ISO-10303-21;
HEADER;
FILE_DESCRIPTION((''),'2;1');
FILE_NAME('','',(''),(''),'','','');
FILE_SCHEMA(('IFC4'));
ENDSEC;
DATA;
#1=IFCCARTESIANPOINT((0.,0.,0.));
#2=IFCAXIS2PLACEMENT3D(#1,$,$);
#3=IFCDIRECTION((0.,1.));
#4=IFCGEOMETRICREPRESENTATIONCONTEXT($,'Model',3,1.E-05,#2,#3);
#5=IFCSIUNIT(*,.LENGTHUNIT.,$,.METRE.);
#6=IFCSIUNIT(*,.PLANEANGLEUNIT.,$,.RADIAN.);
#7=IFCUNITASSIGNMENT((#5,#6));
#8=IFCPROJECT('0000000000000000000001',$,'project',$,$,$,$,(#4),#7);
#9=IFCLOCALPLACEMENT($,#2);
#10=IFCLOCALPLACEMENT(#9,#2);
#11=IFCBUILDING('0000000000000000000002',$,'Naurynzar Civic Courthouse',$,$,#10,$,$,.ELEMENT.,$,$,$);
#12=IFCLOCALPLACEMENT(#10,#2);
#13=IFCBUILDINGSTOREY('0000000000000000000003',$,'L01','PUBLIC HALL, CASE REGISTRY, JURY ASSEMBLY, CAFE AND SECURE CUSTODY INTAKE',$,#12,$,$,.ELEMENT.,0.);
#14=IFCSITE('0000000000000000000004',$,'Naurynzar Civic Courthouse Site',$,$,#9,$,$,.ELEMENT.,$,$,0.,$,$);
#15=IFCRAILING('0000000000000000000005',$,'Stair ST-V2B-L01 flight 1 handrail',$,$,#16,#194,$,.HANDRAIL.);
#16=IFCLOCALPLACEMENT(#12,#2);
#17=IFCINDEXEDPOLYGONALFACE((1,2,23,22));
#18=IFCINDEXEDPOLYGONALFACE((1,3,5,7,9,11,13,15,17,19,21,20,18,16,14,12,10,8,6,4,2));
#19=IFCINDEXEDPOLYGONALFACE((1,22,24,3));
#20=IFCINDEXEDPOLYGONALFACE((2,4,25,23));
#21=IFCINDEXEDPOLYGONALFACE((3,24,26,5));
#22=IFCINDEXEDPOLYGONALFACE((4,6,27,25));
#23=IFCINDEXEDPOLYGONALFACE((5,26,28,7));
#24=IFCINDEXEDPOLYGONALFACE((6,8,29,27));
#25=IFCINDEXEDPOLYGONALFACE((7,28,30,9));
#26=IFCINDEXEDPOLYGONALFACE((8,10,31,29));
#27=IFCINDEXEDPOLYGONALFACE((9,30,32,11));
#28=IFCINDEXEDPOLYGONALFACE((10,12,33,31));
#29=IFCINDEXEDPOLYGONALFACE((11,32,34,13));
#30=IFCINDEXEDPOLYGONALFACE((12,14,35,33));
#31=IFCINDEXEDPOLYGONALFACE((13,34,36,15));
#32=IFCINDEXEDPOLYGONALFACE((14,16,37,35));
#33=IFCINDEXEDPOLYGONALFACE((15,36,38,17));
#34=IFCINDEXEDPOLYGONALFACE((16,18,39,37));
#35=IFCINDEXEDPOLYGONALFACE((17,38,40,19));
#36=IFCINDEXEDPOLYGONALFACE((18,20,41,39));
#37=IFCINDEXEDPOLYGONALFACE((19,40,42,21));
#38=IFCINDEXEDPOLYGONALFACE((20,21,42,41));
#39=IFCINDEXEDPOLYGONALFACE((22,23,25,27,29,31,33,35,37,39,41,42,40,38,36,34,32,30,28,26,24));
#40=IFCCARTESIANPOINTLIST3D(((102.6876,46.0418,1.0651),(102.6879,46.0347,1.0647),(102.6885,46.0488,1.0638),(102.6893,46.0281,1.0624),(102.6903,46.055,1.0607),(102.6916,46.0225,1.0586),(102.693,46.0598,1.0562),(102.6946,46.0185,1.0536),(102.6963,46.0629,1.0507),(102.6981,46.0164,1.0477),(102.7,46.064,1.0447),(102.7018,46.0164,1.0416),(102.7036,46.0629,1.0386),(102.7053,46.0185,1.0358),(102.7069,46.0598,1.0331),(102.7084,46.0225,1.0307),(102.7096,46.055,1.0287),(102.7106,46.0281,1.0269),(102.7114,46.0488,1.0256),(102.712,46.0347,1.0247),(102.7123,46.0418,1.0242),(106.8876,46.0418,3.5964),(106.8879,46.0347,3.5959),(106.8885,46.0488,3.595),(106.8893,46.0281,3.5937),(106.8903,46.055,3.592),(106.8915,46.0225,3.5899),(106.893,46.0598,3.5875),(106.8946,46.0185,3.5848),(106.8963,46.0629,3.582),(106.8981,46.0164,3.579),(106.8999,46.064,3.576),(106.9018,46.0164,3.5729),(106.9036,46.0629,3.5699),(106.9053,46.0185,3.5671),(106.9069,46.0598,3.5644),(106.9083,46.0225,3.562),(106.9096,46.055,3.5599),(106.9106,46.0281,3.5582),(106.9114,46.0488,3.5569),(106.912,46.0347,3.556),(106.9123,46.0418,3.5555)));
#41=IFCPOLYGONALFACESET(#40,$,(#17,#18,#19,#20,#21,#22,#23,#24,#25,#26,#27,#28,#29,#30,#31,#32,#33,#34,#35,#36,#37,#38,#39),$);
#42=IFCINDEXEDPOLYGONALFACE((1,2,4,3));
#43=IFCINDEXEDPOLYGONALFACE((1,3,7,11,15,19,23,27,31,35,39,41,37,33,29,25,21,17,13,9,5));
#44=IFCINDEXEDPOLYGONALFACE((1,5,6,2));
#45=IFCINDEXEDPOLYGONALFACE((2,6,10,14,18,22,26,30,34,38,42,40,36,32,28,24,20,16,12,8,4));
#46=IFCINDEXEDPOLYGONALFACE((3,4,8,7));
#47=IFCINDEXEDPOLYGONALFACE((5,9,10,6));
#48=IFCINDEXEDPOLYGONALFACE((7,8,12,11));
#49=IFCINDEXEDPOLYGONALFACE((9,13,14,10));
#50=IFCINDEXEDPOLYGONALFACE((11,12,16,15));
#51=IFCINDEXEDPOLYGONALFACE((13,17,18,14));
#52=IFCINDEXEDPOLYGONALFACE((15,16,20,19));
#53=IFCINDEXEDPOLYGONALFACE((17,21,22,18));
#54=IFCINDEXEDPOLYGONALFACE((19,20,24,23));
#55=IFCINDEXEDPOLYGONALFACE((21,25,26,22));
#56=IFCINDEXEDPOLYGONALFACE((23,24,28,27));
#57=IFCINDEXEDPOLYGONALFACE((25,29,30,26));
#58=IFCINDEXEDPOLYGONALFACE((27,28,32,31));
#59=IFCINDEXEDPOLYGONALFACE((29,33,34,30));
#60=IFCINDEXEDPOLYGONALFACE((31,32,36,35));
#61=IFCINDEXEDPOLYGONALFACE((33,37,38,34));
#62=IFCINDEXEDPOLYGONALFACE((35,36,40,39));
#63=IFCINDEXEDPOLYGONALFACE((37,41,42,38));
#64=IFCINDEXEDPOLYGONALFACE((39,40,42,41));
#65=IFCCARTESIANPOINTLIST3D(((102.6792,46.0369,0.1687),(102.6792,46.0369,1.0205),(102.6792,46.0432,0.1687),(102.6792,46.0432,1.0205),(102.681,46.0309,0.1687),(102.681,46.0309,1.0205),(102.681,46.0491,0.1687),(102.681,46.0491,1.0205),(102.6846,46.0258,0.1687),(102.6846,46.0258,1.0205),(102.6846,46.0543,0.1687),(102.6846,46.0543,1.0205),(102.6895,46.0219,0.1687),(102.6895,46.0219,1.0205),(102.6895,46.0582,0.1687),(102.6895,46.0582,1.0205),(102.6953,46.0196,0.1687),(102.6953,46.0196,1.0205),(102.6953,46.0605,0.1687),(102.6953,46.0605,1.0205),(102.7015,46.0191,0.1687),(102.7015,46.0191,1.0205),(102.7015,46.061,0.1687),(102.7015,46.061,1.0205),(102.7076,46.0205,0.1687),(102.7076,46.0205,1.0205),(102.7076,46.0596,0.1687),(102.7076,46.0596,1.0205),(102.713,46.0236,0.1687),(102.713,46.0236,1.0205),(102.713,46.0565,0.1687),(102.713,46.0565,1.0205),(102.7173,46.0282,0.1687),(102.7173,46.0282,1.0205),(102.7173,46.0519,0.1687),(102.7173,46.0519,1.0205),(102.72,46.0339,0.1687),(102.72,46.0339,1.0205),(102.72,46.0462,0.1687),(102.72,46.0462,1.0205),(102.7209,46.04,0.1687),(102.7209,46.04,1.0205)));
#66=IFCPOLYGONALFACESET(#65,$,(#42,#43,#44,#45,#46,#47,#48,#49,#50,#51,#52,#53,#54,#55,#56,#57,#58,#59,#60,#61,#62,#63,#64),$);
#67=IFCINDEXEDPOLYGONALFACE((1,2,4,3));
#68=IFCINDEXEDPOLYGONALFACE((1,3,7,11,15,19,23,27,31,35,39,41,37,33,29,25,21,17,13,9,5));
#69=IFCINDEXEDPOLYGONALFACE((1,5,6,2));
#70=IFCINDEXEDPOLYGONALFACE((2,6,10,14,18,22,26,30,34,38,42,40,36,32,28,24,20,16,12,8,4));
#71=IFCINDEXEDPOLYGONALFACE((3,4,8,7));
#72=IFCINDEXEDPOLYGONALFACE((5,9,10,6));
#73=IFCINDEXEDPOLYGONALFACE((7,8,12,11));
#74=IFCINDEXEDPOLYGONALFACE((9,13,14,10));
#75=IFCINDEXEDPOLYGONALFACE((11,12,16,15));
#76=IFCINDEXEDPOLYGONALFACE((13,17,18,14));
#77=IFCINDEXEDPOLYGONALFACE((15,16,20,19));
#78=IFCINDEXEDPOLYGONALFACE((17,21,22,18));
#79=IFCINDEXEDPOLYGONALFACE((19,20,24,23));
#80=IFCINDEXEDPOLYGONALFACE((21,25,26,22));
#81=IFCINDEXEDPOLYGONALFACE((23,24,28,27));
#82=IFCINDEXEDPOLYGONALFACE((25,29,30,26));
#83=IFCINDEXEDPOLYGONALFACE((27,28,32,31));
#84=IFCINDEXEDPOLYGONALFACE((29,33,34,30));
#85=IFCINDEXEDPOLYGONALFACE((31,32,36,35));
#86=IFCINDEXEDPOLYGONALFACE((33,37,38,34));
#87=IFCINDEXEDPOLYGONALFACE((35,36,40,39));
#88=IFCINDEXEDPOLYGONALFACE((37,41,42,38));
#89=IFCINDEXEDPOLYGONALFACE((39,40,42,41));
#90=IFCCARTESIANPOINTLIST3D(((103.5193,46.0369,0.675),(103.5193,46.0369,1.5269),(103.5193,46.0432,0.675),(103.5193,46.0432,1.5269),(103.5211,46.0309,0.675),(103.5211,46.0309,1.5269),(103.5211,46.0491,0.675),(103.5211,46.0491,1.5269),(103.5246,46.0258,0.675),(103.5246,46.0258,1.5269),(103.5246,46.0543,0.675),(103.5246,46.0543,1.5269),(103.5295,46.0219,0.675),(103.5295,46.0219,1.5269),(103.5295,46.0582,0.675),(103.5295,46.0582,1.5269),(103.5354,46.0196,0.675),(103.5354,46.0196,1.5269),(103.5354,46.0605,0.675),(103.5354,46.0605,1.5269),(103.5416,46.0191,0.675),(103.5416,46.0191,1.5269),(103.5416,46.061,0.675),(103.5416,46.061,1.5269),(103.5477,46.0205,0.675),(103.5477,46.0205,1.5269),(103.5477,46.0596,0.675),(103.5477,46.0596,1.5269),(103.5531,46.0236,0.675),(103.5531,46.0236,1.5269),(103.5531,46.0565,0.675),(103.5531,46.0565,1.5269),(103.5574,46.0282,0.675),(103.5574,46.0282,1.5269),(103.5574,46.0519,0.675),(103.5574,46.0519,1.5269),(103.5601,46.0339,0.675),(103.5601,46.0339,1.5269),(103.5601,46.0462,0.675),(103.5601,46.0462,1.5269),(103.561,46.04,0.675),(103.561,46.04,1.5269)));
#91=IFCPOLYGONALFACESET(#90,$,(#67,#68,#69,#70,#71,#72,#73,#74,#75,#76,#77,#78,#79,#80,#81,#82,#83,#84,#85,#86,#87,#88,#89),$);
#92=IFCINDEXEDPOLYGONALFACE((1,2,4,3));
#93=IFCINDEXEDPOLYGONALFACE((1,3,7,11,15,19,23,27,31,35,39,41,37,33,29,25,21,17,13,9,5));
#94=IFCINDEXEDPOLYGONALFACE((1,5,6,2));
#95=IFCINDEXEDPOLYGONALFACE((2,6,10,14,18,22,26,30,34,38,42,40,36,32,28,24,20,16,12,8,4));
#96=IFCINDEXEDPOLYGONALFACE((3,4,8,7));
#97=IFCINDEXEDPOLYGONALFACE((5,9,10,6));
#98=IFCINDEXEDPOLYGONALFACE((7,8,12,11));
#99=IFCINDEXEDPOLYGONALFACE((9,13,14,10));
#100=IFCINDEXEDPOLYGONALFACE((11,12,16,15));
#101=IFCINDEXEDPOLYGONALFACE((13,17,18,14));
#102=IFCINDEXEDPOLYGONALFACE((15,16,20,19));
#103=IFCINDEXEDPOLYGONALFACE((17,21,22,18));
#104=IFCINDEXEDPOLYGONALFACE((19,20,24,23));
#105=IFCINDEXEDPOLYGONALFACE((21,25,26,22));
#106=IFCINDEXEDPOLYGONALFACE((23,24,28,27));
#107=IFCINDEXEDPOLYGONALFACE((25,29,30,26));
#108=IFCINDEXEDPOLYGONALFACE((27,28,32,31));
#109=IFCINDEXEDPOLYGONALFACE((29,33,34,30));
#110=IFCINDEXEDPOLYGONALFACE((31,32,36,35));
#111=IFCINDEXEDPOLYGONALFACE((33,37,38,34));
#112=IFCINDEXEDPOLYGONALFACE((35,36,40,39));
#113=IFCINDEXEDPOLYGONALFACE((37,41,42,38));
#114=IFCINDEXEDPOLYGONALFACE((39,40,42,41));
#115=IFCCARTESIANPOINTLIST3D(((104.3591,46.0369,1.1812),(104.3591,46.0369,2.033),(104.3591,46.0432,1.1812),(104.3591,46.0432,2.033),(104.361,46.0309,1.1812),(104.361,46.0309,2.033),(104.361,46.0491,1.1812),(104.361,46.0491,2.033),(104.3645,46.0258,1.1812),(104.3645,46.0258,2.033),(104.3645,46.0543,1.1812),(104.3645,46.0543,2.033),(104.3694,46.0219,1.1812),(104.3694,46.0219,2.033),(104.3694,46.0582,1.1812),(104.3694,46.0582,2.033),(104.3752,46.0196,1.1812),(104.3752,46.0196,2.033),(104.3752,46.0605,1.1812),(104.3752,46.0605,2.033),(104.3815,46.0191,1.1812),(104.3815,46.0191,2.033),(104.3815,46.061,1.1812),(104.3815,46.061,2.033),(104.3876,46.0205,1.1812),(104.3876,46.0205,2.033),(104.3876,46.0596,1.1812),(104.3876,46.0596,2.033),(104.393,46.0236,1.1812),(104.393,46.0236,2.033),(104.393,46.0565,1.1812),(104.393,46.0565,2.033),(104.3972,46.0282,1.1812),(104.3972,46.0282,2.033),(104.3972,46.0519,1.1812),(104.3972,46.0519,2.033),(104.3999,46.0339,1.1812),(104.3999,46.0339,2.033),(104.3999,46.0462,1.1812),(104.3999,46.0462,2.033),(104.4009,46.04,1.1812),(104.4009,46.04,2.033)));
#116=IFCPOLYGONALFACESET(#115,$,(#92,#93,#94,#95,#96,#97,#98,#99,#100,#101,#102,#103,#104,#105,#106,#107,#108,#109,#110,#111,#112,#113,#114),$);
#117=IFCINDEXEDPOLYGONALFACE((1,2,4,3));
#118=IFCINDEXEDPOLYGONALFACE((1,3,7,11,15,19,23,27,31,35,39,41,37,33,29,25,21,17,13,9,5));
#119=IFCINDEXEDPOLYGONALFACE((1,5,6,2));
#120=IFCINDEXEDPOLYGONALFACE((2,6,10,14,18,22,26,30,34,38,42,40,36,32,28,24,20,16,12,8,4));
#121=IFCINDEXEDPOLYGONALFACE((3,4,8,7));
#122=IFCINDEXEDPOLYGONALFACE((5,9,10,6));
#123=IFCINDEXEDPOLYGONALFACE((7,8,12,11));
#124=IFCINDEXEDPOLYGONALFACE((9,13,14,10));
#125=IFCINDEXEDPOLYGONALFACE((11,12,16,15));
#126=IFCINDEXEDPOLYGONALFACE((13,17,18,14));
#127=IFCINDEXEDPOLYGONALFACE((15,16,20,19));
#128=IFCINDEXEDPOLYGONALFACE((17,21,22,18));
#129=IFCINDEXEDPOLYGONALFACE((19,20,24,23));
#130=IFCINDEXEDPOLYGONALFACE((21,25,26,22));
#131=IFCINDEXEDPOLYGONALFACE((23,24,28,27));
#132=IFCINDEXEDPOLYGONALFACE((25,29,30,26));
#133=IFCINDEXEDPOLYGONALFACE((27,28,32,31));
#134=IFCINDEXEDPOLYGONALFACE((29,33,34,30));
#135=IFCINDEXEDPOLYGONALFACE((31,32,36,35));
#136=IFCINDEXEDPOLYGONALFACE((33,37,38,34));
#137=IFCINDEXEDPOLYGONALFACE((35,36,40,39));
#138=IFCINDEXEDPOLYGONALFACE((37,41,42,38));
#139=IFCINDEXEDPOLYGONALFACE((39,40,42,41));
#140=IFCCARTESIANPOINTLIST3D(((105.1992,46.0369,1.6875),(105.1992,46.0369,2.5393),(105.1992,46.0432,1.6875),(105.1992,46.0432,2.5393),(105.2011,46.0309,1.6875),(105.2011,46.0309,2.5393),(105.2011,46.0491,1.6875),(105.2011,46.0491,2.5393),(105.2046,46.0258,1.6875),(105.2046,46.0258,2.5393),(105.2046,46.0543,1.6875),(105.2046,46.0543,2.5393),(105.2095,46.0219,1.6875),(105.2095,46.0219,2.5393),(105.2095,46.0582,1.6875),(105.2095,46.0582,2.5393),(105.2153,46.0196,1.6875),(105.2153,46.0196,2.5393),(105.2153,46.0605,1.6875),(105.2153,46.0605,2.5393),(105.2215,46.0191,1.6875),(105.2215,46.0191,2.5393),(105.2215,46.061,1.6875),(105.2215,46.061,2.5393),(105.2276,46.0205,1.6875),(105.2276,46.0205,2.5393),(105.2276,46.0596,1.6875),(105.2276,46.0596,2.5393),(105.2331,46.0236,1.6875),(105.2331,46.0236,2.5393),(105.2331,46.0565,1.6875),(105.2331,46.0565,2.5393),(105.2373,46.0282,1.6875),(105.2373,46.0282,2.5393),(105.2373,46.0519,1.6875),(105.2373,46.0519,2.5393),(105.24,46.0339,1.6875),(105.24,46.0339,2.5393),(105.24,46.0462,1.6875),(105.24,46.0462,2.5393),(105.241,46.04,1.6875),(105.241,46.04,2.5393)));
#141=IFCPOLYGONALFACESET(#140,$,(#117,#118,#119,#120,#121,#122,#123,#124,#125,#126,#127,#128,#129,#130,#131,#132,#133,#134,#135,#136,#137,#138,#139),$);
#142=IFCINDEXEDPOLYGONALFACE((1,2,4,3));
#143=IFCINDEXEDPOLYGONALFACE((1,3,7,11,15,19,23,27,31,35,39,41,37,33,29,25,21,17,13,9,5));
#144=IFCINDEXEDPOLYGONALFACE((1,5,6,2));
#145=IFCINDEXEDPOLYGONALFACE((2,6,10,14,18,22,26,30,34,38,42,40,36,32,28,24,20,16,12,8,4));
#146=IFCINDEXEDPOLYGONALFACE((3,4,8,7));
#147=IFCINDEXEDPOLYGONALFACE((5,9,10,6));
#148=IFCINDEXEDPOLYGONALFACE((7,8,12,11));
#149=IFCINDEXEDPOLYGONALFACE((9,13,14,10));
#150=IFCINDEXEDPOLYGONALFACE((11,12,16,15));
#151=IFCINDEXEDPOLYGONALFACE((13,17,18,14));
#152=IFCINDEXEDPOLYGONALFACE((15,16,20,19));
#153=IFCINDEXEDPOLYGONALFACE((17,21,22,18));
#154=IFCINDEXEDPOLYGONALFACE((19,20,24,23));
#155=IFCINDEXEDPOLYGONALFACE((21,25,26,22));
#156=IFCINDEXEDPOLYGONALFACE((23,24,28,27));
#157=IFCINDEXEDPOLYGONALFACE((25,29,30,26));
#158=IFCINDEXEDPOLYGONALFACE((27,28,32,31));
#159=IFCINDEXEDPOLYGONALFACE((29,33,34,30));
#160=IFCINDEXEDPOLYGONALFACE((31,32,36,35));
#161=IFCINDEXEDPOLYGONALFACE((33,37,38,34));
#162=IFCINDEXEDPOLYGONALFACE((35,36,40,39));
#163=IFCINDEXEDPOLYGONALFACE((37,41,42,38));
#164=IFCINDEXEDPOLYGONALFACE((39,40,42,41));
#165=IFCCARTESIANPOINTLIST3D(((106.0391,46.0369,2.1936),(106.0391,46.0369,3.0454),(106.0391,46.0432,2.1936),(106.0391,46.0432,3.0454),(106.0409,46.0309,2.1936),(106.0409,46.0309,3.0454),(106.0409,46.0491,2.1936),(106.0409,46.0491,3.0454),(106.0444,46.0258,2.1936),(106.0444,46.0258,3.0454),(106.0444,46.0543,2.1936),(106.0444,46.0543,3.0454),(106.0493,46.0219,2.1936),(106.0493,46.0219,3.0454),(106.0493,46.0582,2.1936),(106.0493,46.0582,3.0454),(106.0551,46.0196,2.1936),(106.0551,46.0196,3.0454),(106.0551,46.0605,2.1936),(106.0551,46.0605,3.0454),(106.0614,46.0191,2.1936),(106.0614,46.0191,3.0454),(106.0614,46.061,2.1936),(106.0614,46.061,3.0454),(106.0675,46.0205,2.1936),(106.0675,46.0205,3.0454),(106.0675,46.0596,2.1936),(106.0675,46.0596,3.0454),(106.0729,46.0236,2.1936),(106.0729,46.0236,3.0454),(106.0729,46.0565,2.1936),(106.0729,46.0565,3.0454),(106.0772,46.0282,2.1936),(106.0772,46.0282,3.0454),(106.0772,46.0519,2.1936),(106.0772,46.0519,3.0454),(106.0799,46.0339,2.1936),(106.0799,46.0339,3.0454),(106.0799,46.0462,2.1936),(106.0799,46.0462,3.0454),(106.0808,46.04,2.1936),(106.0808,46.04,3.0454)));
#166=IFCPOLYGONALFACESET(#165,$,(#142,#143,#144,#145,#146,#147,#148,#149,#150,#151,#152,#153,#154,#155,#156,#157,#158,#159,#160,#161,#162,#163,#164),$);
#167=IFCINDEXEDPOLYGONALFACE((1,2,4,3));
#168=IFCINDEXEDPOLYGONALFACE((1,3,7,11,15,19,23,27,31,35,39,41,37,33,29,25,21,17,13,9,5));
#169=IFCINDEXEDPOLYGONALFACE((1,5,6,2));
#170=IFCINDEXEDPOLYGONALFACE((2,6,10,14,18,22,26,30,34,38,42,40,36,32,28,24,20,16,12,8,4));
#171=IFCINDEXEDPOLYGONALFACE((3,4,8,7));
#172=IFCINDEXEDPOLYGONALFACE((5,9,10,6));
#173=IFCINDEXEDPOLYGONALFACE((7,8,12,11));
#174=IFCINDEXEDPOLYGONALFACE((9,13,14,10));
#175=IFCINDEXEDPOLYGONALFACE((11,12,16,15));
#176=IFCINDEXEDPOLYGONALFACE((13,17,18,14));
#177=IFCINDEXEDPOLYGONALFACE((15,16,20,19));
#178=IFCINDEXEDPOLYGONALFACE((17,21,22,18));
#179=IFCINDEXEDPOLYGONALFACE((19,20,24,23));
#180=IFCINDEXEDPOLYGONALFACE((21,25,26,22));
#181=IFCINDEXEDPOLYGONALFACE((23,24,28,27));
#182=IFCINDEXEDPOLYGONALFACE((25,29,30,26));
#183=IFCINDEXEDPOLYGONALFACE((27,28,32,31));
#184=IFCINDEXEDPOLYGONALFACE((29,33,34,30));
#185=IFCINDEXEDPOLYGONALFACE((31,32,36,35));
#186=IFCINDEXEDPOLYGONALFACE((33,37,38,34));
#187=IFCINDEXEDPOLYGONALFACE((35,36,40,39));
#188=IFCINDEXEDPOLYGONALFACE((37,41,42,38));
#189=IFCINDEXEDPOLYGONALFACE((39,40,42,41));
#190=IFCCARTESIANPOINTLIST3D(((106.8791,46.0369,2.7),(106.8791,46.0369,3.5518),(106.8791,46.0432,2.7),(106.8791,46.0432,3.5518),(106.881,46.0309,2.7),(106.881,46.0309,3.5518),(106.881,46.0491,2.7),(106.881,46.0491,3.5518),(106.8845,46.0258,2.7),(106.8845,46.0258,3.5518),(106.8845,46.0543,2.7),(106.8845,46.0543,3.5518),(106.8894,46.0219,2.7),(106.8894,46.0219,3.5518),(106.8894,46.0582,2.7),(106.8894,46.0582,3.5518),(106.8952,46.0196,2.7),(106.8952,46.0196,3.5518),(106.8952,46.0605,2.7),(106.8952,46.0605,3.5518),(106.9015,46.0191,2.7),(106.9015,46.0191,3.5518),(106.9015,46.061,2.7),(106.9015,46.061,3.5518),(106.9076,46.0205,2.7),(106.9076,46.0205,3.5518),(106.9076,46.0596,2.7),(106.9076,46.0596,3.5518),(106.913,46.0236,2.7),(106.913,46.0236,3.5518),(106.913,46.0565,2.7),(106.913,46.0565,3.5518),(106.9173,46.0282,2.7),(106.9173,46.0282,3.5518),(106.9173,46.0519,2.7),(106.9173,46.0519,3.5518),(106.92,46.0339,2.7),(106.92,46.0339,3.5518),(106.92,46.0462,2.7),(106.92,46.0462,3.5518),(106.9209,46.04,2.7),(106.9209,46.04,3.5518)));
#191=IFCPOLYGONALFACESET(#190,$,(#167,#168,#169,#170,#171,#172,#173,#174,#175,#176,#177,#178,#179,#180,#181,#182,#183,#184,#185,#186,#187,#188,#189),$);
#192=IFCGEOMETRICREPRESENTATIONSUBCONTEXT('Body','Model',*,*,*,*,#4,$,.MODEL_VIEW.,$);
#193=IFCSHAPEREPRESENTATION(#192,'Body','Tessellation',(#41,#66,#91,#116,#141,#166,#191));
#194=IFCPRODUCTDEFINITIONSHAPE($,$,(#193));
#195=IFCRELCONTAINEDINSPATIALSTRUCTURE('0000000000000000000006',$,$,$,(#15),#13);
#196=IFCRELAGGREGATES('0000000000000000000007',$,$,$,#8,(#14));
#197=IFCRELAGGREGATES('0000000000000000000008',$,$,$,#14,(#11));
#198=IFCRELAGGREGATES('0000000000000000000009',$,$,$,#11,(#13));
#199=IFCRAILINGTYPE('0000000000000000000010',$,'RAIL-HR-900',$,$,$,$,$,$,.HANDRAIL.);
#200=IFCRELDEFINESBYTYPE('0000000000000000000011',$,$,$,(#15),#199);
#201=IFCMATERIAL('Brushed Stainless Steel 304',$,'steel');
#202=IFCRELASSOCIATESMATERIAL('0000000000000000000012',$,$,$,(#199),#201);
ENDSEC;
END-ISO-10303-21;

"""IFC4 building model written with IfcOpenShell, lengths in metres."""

from ifc_helpers import new_model, si_unit, direction, frame, origin, origin_2d, place, context, subcontext, project, spatial, circle, extrude, material, type_object, element, save


model = new_model("IFC4")

# Units and contexts
model_context = context("Model", 3, precision=1e-05, world=origin(), true_north=direction((0.0, 1.0)))
body_context = subcontext(model_context, "Body", "Model", "MODEL_VIEW")
ifc_project = project(units=[si_unit("LENGTHUNIT", "METRE"), si_unit("PLANEANGLEUNIT", "RADIAN")], contexts=[model_context])

# Site, building, storey
site_placement = place(None, origin())
site = spatial("IfcSite", under=ifc_project, at=site_placement, Name="Naurynzar Civic Courthouse Site", CompositionType="ELEMENT", RefElevation=0.0)
building_placement = place(site_placement, origin())
building = spatial("IfcBuilding", under=site, at=building_placement, Name="Naurynzar Civic Courthouse", CompositionType="ELEMENT")
storey_placement = place(building_placement, origin())
storey = spatial("IfcBuildingStorey", under=building, at=storey_placement, Name="L01", Description="PUBLIC HALL, CASE REGISTRY, JURY ASSEMBLY, CAFE AND SECURE CUSTODY INTAKE", CompositionType="ELEMENT", Elevation=0.0)

# Railing
ifc_material_1 = material(Name="Brushed Stainless Steel 304", Category="steel")
railing_type_1 = type_object("IfcRailingType", Name="RAIL-HR-900", PredefinedType="HANDRAIL", material=ifc_material_1)
railing_1_placement = place(storey_placement, frame((102.7, 46.04, 0.1687)))
element("IfcRailing", 1, at=railing_1_placement, inside=storey, type_object=railing_type_1, Name="Stair ST-V2B-L01 flight 1 handrail", PredefinedType="HANDRAIL", context=body_context, shape_type="SweptSolid", body=[
    extrude(circle(Radius=0.0239, at=origin_2d()), frame((0.0, 0.0, 0.876), z_axis=(0.856476, 0.0, 0.516186), x_axis=(0.0, 1.0, 0.0)), (0.0, 0.0, 1.0), 4.9038),
    extrude(circle(Radius=0.021, at=origin_2d()), origin(), (0.0, 0.0, 1.0), 0.8518),
    extrude(circle(Radius=0.021, at=origin_2d()), frame((0.8401, 0.0, 0.5063)), (0.0, 0.0, 1.0), 0.8518),
    extrude(circle(Radius=0.021, at=origin_2d()), frame((1.6799, 0.0, 1.0125)), (0.0, 0.0, 1.0), 0.8518),
    extrude(circle(Radius=0.021, at=origin_2d()), frame((2.52, 0.0, 1.5188)), (0.0, 0.0, 1.0), 0.8518),
    extrude(circle(Radius=0.021, at=origin_2d()), frame((3.3599, 0.0, 2.0249)), (0.0, 0.0, 1.0), 0.8518),
    extrude(circle(Radius=0.021, at=origin_2d()), frame((4.2, 0.0, 2.5312)), (0.0, 0.0, 1.0), 0.8518),
])

save(model, "model.ifc")
